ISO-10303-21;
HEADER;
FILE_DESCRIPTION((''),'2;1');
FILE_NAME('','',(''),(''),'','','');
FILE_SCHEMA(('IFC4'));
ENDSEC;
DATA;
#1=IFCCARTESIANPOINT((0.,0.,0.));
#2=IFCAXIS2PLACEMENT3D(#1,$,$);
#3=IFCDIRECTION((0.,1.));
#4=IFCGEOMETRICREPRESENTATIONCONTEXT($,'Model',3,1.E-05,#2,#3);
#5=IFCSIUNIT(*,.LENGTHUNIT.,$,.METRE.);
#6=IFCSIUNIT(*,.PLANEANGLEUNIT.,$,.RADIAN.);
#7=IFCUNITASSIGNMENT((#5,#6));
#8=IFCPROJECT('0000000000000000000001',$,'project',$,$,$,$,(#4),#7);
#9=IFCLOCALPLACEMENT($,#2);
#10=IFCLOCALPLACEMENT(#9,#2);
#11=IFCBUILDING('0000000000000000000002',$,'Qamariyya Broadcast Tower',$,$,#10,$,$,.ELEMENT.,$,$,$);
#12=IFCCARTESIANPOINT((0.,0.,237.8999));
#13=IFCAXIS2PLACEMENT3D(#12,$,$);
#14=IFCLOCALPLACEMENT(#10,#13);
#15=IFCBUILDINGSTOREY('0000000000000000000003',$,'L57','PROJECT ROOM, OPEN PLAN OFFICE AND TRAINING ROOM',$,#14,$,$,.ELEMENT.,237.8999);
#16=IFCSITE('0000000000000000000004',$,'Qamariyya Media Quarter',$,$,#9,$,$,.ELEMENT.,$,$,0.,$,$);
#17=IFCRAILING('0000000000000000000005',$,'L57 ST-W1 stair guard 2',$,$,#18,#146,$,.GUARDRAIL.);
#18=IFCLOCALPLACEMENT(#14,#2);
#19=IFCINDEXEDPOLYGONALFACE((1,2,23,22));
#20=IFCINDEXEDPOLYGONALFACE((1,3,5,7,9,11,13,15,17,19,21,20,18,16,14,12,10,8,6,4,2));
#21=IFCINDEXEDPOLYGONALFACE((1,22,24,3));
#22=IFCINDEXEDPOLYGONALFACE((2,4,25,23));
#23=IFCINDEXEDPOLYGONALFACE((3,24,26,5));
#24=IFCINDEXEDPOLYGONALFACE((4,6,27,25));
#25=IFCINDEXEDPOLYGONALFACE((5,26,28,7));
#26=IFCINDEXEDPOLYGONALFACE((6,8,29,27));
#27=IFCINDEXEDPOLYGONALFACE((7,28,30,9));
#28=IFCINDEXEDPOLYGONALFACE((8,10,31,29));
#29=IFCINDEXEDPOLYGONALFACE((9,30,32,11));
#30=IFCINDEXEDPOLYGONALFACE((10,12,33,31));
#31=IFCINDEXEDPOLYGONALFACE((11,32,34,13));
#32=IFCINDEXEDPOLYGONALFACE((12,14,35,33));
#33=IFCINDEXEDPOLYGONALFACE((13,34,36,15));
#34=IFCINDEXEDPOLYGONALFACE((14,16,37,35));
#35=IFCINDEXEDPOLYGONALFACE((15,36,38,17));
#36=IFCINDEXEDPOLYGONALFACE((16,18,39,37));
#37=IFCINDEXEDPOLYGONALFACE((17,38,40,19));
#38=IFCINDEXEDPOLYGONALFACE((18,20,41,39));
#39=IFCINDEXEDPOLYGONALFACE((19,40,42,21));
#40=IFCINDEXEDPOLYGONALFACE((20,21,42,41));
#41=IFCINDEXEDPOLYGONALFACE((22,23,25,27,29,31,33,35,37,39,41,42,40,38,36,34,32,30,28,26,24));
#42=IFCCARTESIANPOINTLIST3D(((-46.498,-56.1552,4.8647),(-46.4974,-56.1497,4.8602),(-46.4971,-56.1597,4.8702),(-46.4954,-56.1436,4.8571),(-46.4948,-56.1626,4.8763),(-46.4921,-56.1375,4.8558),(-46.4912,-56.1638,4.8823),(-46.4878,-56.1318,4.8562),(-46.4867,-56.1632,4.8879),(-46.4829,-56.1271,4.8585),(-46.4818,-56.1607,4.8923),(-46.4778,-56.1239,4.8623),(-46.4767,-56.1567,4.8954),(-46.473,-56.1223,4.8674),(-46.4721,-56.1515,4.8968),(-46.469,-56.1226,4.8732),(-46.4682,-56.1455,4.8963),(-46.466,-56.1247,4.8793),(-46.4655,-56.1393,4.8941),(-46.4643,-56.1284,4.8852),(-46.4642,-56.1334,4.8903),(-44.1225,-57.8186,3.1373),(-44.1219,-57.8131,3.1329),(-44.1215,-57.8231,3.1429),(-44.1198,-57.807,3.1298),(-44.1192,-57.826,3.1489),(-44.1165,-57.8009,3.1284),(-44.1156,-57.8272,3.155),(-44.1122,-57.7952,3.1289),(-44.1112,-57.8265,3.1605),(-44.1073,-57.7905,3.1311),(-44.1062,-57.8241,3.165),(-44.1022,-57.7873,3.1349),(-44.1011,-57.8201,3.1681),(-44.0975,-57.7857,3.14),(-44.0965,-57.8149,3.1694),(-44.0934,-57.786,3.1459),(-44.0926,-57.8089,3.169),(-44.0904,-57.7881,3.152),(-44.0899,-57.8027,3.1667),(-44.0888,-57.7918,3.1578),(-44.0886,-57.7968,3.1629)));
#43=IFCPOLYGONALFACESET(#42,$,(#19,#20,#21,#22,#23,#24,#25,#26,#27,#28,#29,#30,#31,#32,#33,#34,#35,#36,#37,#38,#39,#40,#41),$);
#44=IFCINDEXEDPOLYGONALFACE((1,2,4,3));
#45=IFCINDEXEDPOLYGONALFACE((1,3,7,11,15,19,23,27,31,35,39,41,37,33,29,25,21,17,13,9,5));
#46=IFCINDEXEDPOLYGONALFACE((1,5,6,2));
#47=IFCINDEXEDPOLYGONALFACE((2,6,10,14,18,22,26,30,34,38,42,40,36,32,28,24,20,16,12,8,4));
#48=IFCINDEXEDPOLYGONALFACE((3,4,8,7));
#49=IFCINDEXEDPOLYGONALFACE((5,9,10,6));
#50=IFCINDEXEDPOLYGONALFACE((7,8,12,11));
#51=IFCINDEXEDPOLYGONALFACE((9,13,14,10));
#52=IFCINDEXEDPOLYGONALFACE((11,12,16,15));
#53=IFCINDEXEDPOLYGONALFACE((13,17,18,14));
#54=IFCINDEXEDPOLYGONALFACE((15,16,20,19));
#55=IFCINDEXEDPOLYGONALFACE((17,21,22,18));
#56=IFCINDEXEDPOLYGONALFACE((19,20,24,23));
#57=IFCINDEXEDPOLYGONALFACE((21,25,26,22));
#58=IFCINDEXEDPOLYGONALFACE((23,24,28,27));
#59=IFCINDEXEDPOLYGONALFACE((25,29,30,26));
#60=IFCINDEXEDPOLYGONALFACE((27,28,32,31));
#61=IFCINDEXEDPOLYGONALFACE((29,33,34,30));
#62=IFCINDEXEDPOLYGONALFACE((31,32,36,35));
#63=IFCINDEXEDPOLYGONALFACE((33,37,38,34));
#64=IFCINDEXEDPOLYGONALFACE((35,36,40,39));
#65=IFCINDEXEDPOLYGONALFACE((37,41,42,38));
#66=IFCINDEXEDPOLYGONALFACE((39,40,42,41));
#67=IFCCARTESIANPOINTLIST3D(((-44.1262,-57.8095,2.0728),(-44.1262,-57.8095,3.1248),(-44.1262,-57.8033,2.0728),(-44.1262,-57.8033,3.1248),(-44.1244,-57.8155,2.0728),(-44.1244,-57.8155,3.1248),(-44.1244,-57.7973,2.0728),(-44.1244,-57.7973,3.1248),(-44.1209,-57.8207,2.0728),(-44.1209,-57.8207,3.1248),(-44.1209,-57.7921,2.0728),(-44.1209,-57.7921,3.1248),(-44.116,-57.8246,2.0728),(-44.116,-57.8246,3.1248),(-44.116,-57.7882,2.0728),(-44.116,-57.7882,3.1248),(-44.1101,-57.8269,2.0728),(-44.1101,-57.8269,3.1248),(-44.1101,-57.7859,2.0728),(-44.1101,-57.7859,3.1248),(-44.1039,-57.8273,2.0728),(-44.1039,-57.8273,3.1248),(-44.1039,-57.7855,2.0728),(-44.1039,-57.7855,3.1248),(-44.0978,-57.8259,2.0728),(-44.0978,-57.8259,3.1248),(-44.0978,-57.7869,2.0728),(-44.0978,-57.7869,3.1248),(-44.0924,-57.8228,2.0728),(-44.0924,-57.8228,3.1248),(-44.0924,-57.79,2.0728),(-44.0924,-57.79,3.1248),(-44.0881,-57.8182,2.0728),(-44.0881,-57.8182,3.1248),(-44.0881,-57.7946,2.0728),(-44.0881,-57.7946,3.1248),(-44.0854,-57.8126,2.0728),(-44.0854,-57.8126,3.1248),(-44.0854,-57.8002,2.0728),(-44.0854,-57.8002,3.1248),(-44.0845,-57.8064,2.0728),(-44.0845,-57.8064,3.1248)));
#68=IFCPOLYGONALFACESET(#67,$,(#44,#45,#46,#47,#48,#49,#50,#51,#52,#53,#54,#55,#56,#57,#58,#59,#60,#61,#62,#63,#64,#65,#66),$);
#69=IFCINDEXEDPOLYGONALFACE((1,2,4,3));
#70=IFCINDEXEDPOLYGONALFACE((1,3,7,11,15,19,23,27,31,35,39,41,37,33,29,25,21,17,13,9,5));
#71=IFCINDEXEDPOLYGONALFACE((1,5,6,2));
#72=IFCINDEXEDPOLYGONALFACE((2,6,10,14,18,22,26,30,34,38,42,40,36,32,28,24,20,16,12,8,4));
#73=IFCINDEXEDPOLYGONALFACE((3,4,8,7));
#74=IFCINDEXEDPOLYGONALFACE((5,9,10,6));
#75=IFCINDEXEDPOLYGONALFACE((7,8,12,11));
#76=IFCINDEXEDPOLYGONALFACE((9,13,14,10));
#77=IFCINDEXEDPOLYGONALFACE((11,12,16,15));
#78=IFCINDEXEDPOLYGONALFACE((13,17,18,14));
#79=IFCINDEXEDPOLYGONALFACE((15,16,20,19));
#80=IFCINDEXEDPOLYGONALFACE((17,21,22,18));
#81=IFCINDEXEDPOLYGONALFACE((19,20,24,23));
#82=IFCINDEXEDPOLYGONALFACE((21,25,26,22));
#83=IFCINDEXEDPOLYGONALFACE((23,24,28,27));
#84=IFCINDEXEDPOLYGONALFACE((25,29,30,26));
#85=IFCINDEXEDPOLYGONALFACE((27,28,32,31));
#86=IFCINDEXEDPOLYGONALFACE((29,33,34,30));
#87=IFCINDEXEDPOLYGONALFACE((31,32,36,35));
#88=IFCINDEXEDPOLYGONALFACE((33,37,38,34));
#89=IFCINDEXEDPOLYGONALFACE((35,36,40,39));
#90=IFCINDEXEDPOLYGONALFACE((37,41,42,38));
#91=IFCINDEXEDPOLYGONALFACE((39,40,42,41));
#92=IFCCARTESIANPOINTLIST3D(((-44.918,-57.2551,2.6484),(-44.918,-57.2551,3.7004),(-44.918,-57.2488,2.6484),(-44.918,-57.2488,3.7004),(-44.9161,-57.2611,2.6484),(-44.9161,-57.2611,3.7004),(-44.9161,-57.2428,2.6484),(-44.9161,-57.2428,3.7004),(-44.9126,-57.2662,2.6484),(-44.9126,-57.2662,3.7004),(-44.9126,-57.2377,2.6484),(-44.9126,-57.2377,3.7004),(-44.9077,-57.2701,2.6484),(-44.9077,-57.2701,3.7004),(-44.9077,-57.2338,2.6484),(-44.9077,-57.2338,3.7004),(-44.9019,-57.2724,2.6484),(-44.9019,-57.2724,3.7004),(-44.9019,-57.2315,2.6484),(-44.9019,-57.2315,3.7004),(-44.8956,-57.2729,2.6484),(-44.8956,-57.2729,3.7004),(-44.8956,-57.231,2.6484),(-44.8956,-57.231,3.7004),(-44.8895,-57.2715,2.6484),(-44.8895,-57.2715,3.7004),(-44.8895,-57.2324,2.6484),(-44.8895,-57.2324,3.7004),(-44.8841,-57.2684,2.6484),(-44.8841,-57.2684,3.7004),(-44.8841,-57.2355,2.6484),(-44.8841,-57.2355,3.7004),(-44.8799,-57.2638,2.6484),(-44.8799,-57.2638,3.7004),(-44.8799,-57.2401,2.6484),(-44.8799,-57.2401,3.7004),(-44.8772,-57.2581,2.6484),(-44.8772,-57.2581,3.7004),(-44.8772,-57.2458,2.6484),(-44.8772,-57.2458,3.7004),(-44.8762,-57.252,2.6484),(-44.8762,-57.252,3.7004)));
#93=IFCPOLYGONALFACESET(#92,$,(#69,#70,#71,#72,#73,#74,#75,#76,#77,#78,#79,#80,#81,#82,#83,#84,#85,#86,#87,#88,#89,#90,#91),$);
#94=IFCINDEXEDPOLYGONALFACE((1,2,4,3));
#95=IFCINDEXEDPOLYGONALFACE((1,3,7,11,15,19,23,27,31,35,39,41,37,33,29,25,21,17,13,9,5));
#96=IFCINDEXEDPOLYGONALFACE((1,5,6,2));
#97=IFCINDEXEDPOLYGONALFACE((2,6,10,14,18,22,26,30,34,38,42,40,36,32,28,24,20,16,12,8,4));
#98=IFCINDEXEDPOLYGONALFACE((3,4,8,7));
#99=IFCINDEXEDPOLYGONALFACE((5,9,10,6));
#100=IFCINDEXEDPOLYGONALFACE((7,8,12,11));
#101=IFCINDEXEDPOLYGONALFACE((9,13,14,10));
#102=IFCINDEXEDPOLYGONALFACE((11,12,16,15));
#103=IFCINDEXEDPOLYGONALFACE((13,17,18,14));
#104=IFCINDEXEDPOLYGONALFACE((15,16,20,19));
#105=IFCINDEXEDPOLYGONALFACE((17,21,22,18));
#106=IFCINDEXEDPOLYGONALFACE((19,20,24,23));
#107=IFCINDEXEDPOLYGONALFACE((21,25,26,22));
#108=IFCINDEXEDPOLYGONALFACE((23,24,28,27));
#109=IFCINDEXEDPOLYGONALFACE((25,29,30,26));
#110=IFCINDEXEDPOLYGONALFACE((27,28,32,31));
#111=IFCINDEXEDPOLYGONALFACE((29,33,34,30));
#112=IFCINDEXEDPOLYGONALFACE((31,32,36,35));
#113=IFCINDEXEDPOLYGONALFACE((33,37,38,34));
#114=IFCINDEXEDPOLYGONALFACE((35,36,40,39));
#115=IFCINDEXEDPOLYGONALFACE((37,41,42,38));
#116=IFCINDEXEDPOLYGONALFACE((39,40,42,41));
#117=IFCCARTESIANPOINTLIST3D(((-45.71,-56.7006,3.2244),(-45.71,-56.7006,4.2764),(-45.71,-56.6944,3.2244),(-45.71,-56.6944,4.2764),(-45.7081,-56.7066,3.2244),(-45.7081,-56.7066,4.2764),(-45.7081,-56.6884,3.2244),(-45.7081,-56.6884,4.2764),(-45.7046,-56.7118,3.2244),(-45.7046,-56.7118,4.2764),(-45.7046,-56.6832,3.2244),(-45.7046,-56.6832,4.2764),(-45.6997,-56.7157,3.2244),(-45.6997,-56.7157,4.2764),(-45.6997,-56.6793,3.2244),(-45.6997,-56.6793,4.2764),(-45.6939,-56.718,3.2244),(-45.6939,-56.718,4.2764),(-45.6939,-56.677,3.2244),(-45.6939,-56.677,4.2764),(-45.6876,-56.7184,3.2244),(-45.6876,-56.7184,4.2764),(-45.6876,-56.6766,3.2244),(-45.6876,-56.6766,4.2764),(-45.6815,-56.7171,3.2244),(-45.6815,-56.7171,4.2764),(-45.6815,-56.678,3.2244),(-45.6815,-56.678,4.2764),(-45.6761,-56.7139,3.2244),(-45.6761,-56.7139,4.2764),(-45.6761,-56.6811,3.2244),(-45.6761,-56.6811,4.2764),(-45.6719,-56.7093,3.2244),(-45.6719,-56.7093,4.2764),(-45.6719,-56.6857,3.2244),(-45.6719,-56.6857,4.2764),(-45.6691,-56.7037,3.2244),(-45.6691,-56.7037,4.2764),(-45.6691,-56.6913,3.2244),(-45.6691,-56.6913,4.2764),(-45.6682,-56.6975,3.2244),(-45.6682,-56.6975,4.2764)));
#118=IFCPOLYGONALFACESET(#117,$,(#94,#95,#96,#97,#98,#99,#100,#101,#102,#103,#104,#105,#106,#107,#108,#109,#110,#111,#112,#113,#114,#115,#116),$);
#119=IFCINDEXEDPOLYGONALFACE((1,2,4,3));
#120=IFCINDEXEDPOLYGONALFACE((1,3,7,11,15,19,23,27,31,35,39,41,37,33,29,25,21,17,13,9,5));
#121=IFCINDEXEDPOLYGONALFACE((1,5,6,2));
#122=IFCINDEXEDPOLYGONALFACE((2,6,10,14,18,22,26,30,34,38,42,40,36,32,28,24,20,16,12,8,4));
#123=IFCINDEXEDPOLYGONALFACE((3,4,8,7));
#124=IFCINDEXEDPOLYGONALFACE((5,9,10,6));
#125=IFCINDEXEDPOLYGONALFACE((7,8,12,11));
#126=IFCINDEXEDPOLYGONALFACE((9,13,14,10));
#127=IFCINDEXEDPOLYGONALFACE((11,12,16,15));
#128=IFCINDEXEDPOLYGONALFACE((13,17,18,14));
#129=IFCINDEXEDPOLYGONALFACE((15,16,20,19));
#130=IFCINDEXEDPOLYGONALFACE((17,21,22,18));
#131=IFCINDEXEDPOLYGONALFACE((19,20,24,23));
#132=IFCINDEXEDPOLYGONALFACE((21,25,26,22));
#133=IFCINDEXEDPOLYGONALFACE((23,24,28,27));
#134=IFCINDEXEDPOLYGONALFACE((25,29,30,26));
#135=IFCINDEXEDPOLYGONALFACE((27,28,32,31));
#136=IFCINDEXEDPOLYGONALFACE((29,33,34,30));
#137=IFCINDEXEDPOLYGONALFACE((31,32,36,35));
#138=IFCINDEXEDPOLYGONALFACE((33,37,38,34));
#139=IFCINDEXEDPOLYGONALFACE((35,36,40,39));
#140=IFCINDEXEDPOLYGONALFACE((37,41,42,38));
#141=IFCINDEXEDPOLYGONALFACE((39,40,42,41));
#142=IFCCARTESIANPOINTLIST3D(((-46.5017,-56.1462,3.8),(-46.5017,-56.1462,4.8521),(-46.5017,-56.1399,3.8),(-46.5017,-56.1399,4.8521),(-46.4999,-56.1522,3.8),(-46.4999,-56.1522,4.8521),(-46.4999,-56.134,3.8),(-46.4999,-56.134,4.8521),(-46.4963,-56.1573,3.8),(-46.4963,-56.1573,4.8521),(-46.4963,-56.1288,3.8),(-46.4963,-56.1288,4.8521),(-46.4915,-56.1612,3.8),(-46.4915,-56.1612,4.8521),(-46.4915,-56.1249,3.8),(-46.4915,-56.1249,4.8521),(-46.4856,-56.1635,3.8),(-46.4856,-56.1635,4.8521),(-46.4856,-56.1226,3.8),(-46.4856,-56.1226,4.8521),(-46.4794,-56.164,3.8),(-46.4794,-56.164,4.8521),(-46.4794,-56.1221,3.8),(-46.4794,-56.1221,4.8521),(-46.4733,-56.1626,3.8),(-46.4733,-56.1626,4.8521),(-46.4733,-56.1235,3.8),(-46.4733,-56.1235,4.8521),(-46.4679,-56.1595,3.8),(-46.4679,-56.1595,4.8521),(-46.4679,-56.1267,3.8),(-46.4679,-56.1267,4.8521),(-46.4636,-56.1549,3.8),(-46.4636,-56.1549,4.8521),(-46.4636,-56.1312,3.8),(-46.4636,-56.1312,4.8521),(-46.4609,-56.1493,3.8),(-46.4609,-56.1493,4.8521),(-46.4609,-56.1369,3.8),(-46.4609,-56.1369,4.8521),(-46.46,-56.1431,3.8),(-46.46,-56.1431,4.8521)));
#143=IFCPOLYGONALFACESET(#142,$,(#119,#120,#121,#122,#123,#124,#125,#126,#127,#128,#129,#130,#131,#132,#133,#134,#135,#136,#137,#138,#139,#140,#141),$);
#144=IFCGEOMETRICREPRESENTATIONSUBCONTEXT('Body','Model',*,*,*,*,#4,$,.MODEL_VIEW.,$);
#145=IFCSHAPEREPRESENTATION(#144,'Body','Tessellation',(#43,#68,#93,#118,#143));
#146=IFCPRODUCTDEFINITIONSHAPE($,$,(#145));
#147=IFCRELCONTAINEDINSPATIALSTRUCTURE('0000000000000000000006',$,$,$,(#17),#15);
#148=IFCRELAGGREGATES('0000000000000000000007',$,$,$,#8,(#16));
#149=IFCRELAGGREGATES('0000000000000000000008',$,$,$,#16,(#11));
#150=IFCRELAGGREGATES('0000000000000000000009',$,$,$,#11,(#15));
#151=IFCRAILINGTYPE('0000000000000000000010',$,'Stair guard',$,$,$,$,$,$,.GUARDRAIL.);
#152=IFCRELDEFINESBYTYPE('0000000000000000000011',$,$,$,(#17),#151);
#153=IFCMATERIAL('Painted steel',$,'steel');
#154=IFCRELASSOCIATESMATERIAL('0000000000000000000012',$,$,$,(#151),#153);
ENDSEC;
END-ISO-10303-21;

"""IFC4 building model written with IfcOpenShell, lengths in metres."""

from ifc_helpers import new_model, si_unit, direction, frame, origin, origin_2d, place, context, subcontext, project, spatial, circle, extrude, material, type_object, element, save


model = new_model("IFC4")

# Units and contexts
model_context = context("Model", 3, precision=1e-05, world=origin(), true_north=direction((0.0, 1.0)))
body_context = subcontext(model_context, "Body", "Model", "MODEL_VIEW")
ifc_project = project(units=[si_unit("LENGTHUNIT", "METRE"), si_unit("PLANEANGLEUNIT", "RADIAN")], contexts=[model_context])

# Site, building, storey
site_placement = place(None, origin())
site = spatial("IfcSite", under=ifc_project, at=site_placement, Name="Qamariyya Media Quarter", CompositionType="ELEMENT", RefElevation=0.0)
building_placement = place(site_placement, origin())
building = spatial("IfcBuilding", under=site, at=building_placement, Name="Qamariyya Broadcast Tower", CompositionType="ELEMENT")
storey_placement = place(building_placement, frame((0.0, 0.0, 237.8999)))
storey = spatial("IfcBuildingStorey", under=building, at=storey_placement, Name="L57", Description="PROJECT ROOM, OPEN PLAN OFFICE AND TRAINING ROOM", CompositionType="ELEMENT", Elevation=237.8999)

# Railing
ifc_material_1 = material(Name="Painted steel", Category="steel")
railing_type_1 = type_object("IfcRailingType", Name="Stair guard", PredefinedType="GUARDRAIL", material=ifc_material_1)
railing_1_placement = place(storey_placement, frame((-44.1055, -57.8064, 2.0728)))
element("IfcRailing", 1, at=railing_1_placement, inside=storey, type_object=railing_type_1, Name="L57 ST-W1 stair guard 2", PredefinedType="GUARDRAIL", context=body_context, shape_type="SweptSolid", body=[
    extrude(circle(Radius=0.0239, at=origin_2d()), frame((0.0, 0.0, 1.0762), z_axis=(-0.70377, 0.492784, 0.511734), x_axis=(-0.573575, -0.819153, 0.0)), (0.0, 0.0, 1.0), 3.3755),
    extrude(circle(Radius=0.021, at=origin_2d()), origin(), (0.0, 0.0, 1.0), 1.052),
    extrude(circle(Radius=0.021, at=origin_2d()), frame((-0.7917, 0.5544, 0.5757)), (0.0, 0.0, 1.0), 1.052),
    extrude(circle(Radius=0.021, at=origin_2d()), frame((-1.5837, 1.1089, 1.1516)), (0.0, 0.0, 1.0), 1.052),
    extrude(circle(Radius=0.021, at=origin_2d()), frame((-2.3755, 1.6633, 1.7273)), (0.0, 0.0, 1.0), 1.052),
])

save(model, "model.ifc")
